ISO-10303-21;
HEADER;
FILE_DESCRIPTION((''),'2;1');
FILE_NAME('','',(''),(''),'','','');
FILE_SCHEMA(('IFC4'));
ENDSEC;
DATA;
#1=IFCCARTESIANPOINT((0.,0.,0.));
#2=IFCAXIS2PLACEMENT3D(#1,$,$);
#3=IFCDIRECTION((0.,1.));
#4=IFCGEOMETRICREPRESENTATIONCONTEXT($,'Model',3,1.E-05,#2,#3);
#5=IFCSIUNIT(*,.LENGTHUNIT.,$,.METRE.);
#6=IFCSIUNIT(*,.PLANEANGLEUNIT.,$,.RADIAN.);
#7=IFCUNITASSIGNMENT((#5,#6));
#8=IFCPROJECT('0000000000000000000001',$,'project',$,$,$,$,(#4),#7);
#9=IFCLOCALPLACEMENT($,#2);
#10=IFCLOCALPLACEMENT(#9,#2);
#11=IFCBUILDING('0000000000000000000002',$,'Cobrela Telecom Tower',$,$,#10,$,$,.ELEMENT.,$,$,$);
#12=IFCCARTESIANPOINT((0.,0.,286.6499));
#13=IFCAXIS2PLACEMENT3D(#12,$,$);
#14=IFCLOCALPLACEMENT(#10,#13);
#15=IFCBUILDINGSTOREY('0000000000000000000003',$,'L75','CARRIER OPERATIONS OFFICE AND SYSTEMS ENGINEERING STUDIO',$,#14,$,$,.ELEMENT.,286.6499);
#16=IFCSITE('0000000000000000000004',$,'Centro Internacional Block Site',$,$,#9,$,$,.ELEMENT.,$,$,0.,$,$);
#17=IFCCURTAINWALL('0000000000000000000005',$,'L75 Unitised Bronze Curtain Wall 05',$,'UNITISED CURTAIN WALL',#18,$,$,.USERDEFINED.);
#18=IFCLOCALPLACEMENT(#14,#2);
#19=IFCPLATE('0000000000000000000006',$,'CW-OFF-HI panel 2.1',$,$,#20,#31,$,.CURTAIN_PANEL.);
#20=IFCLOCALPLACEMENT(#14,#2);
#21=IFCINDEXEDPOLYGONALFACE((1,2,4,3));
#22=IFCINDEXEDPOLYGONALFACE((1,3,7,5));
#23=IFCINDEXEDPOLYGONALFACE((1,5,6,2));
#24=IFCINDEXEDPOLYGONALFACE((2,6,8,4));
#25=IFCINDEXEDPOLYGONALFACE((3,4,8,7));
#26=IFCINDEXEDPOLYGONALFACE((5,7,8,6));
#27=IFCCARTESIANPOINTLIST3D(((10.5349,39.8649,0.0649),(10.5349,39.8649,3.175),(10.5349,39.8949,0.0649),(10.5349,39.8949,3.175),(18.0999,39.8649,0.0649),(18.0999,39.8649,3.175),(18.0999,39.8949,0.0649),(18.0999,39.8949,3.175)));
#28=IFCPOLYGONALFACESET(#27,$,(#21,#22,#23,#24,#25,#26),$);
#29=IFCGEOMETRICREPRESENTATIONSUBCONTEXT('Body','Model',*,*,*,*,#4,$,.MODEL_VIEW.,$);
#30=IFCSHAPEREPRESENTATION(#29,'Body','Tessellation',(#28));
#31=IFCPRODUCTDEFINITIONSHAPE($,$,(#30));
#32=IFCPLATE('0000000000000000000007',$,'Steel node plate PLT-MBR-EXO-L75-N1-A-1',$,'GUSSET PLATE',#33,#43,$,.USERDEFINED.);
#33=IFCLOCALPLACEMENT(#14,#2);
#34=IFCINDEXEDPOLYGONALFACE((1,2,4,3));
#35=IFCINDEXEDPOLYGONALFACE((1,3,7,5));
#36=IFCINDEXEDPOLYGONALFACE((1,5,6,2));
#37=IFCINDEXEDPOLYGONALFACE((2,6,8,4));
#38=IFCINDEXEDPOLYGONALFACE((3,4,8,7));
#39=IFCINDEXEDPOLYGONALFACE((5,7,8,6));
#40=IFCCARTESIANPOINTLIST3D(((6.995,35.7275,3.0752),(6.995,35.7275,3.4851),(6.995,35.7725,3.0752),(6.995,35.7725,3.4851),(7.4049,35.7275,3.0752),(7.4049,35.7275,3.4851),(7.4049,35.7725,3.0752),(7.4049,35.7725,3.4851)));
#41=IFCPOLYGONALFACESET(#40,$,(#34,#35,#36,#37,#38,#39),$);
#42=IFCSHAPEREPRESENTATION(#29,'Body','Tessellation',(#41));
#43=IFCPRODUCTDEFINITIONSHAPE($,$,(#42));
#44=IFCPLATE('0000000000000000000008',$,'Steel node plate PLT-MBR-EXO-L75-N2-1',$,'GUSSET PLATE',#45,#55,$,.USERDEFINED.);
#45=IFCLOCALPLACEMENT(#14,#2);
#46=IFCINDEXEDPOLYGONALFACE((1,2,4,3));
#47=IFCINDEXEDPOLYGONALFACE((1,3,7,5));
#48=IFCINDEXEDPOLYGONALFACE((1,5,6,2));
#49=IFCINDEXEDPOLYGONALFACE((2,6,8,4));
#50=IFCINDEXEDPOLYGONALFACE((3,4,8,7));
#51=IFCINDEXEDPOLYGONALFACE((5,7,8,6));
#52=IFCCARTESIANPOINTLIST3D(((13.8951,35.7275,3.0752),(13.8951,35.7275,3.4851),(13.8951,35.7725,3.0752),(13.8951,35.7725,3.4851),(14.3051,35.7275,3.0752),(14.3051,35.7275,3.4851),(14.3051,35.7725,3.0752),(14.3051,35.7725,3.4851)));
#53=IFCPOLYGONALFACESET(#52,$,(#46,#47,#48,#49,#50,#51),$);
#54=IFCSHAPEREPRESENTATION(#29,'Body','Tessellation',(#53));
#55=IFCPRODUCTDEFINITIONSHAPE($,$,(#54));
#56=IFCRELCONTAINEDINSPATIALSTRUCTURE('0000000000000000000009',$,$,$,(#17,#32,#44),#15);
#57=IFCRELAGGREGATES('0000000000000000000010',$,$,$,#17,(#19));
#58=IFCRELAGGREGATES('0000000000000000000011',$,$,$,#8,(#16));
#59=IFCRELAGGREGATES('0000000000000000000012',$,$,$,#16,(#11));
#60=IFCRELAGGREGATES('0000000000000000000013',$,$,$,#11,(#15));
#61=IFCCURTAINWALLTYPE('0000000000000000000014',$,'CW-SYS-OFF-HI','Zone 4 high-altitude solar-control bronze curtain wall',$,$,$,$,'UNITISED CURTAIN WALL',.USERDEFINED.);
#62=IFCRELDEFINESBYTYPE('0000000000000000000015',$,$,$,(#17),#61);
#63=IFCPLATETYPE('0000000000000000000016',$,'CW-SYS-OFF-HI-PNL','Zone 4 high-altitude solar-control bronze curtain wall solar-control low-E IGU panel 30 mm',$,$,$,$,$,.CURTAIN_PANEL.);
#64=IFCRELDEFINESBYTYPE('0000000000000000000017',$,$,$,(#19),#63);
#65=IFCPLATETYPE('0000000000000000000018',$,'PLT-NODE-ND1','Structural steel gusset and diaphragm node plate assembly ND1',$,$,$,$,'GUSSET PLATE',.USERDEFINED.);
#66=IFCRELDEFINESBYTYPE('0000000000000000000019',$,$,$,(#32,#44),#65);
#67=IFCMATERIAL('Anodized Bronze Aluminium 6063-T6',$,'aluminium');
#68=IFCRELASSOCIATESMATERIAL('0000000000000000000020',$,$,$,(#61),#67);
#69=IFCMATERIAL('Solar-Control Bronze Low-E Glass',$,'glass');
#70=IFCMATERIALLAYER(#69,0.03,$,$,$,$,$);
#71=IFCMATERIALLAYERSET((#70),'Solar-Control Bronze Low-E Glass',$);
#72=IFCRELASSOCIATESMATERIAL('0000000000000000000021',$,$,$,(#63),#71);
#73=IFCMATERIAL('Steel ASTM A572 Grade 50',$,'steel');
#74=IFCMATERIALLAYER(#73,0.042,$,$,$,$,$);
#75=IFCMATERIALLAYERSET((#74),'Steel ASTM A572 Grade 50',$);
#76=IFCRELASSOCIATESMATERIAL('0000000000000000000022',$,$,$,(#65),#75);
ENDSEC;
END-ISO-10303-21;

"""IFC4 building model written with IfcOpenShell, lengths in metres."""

from ifc_helpers import new_model, si_unit, direction, frame, origin, origin_2d, place, context, subcontext, project, spatial, rectangle, extrude, material, layer, layer_set, type_object, element, aggregate, save


model = new_model("IFC4")

# Units and contexts
model_context = context("Model", 3, precision=1e-05, world=origin(), true_north=direction((0.0, 1.0)))
body_context = subcontext(model_context, "Body", "Model", "MODEL_VIEW")
ifc_project = project(units=[si_unit("LENGTHUNIT", "METRE"), si_unit("PLANEANGLEUNIT", "RADIAN")], contexts=[model_context])

# Site, building, storey
site_placement = place(None, origin())
site = spatial("IfcSite", under=ifc_project, at=site_placement, Name="Centro Internacional Block Site", CompositionType="ELEMENT", RefElevation=0.0)
building_placement = place(site_placement, origin())
building = spatial("IfcBuilding", under=site, at=building_placement, Name="Cobrela Telecom Tower", CompositionType="ELEMENT")
storey_placement = place(building_placement, frame((0.0, 0.0, 286.6499)))
storey = spatial("IfcBuildingStorey", under=building, at=storey_placement, Name="L75", Description="CARRIER OPERATIONS OFFICE AND SYSTEMS ENGINEERING STUDIO", CompositionType="ELEMENT", Elevation=286.6499)

# Shared definitions
ifc_material_1 = material(Name="Steel ASTM A572 Grade 50", Category="steel")

# Curtain wall
ifc_material_2 = material(Name="Anodized Bronze Aluminium 6063-T6", Category="aluminium")
curtain_wall_type = type_object("IfcCurtainWallType", Name="CW-SYS-OFF-HI", Description="Zone 4 high-altitude solar-control bronze curtain wall", ElementType="UNITISED CURTAIN WALL", PredefinedType="USERDEFINED", material=ifc_material_2)
curtain_wall_placement = place(storey_placement, origin())
curtain_wall = element("IfcCurtainWall", 1, at=curtain_wall_placement, inside=storey, type_object=curtain_wall_type, Name="L75 Unitised Bronze Curtain Wall 05", ObjectType="UNITISED CURTAIN WALL", PredefinedType="USERDEFINED")

# Plate
ifc_material_3 = material(Name="Solar-Control Bronze Low-E Glass", Category="glass")
ifc_layer_1 = layer(ifc_material_3, 0.03)
ifc_layer_set_1 = layer_set([ifc_layer_1], Name="Solar-Control Bronze Low-E Glass")
plate_type_1 = type_object("IfcPlateType", Name="CW-SYS-OFF-HI-PNL", Description="Zone 4 high-altitude solar-control bronze curtain wall solar-control low-E IGU panel 30 mm", PredefinedType="CURTAIN_PANEL", material=ifc_layer_set_1)
plate_placement = place(storey_placement, frame((14.3174, 39.8799, 0.0649), z_axis=(0.0, 0.0, 1.0), x_axis=(1.0, 0.0, 0.0)))
plate = element("IfcPlate", 2, at=plate_placement, type_object=plate_type_1, Name="CW-OFF-HI panel 2.1", PredefinedType="CURTAIN_PANEL", context=body_context, shape_type="SweptSolid", body=[
    extrude(rectangle(XDim=7.5649, YDim=0.03, at=origin_2d()), origin(), (0.0, 0.0, 1.0), 3.1101),
])
aggregate(curtain_wall, [plate])

# Plates
ifc_layer_2 = layer(ifc_material_1, 0.042)
ifc_layer_set_2 = layer_set([ifc_layer_2], Name="Steel ASTM A572 Grade 50")
plate_type_2 = type_object("IfcPlateType", Name="PLT-NODE-ND1", Description="Structural steel gusset and diaphragm node plate assembly ND1", ElementType="GUSSET PLATE", PredefinedType="USERDEFINED", material=ifc_layer_set_2)
for number, where, z_axis, x_axis, name in (
    (3, (7.2, 35.75, 3.0752), (0.0, 0.0, 1.0), (1.0, 0.0, 0.0), "Steel node plate PLT-MBR-EXO-L75-N1-A-1"),
    (4, (14.1001, 35.75, 3.0752), (0.0, 0.0, 1.0), (1.0, 0.0, 0.0), "Steel node plate PLT-MBR-EXO-L75-N2-1"),
):
    element("IfcPlate", number, at=place(storey_placement, frame(where, z_axis=z_axis, x_axis=x_axis)), inside=storey, type_object=plate_type_2, Name=name, ObjectType="GUSSET PLATE", PredefinedType="USERDEFINED", context=body_context, shape_type="SweptSolid", body=[
        extrude(rectangle(XDim=0.4099, YDim=0.0449, at=origin_2d()), origin(), (0.0, 0.0, 1.0), 0.4099),
    ])

save(model, "model.ifc")
